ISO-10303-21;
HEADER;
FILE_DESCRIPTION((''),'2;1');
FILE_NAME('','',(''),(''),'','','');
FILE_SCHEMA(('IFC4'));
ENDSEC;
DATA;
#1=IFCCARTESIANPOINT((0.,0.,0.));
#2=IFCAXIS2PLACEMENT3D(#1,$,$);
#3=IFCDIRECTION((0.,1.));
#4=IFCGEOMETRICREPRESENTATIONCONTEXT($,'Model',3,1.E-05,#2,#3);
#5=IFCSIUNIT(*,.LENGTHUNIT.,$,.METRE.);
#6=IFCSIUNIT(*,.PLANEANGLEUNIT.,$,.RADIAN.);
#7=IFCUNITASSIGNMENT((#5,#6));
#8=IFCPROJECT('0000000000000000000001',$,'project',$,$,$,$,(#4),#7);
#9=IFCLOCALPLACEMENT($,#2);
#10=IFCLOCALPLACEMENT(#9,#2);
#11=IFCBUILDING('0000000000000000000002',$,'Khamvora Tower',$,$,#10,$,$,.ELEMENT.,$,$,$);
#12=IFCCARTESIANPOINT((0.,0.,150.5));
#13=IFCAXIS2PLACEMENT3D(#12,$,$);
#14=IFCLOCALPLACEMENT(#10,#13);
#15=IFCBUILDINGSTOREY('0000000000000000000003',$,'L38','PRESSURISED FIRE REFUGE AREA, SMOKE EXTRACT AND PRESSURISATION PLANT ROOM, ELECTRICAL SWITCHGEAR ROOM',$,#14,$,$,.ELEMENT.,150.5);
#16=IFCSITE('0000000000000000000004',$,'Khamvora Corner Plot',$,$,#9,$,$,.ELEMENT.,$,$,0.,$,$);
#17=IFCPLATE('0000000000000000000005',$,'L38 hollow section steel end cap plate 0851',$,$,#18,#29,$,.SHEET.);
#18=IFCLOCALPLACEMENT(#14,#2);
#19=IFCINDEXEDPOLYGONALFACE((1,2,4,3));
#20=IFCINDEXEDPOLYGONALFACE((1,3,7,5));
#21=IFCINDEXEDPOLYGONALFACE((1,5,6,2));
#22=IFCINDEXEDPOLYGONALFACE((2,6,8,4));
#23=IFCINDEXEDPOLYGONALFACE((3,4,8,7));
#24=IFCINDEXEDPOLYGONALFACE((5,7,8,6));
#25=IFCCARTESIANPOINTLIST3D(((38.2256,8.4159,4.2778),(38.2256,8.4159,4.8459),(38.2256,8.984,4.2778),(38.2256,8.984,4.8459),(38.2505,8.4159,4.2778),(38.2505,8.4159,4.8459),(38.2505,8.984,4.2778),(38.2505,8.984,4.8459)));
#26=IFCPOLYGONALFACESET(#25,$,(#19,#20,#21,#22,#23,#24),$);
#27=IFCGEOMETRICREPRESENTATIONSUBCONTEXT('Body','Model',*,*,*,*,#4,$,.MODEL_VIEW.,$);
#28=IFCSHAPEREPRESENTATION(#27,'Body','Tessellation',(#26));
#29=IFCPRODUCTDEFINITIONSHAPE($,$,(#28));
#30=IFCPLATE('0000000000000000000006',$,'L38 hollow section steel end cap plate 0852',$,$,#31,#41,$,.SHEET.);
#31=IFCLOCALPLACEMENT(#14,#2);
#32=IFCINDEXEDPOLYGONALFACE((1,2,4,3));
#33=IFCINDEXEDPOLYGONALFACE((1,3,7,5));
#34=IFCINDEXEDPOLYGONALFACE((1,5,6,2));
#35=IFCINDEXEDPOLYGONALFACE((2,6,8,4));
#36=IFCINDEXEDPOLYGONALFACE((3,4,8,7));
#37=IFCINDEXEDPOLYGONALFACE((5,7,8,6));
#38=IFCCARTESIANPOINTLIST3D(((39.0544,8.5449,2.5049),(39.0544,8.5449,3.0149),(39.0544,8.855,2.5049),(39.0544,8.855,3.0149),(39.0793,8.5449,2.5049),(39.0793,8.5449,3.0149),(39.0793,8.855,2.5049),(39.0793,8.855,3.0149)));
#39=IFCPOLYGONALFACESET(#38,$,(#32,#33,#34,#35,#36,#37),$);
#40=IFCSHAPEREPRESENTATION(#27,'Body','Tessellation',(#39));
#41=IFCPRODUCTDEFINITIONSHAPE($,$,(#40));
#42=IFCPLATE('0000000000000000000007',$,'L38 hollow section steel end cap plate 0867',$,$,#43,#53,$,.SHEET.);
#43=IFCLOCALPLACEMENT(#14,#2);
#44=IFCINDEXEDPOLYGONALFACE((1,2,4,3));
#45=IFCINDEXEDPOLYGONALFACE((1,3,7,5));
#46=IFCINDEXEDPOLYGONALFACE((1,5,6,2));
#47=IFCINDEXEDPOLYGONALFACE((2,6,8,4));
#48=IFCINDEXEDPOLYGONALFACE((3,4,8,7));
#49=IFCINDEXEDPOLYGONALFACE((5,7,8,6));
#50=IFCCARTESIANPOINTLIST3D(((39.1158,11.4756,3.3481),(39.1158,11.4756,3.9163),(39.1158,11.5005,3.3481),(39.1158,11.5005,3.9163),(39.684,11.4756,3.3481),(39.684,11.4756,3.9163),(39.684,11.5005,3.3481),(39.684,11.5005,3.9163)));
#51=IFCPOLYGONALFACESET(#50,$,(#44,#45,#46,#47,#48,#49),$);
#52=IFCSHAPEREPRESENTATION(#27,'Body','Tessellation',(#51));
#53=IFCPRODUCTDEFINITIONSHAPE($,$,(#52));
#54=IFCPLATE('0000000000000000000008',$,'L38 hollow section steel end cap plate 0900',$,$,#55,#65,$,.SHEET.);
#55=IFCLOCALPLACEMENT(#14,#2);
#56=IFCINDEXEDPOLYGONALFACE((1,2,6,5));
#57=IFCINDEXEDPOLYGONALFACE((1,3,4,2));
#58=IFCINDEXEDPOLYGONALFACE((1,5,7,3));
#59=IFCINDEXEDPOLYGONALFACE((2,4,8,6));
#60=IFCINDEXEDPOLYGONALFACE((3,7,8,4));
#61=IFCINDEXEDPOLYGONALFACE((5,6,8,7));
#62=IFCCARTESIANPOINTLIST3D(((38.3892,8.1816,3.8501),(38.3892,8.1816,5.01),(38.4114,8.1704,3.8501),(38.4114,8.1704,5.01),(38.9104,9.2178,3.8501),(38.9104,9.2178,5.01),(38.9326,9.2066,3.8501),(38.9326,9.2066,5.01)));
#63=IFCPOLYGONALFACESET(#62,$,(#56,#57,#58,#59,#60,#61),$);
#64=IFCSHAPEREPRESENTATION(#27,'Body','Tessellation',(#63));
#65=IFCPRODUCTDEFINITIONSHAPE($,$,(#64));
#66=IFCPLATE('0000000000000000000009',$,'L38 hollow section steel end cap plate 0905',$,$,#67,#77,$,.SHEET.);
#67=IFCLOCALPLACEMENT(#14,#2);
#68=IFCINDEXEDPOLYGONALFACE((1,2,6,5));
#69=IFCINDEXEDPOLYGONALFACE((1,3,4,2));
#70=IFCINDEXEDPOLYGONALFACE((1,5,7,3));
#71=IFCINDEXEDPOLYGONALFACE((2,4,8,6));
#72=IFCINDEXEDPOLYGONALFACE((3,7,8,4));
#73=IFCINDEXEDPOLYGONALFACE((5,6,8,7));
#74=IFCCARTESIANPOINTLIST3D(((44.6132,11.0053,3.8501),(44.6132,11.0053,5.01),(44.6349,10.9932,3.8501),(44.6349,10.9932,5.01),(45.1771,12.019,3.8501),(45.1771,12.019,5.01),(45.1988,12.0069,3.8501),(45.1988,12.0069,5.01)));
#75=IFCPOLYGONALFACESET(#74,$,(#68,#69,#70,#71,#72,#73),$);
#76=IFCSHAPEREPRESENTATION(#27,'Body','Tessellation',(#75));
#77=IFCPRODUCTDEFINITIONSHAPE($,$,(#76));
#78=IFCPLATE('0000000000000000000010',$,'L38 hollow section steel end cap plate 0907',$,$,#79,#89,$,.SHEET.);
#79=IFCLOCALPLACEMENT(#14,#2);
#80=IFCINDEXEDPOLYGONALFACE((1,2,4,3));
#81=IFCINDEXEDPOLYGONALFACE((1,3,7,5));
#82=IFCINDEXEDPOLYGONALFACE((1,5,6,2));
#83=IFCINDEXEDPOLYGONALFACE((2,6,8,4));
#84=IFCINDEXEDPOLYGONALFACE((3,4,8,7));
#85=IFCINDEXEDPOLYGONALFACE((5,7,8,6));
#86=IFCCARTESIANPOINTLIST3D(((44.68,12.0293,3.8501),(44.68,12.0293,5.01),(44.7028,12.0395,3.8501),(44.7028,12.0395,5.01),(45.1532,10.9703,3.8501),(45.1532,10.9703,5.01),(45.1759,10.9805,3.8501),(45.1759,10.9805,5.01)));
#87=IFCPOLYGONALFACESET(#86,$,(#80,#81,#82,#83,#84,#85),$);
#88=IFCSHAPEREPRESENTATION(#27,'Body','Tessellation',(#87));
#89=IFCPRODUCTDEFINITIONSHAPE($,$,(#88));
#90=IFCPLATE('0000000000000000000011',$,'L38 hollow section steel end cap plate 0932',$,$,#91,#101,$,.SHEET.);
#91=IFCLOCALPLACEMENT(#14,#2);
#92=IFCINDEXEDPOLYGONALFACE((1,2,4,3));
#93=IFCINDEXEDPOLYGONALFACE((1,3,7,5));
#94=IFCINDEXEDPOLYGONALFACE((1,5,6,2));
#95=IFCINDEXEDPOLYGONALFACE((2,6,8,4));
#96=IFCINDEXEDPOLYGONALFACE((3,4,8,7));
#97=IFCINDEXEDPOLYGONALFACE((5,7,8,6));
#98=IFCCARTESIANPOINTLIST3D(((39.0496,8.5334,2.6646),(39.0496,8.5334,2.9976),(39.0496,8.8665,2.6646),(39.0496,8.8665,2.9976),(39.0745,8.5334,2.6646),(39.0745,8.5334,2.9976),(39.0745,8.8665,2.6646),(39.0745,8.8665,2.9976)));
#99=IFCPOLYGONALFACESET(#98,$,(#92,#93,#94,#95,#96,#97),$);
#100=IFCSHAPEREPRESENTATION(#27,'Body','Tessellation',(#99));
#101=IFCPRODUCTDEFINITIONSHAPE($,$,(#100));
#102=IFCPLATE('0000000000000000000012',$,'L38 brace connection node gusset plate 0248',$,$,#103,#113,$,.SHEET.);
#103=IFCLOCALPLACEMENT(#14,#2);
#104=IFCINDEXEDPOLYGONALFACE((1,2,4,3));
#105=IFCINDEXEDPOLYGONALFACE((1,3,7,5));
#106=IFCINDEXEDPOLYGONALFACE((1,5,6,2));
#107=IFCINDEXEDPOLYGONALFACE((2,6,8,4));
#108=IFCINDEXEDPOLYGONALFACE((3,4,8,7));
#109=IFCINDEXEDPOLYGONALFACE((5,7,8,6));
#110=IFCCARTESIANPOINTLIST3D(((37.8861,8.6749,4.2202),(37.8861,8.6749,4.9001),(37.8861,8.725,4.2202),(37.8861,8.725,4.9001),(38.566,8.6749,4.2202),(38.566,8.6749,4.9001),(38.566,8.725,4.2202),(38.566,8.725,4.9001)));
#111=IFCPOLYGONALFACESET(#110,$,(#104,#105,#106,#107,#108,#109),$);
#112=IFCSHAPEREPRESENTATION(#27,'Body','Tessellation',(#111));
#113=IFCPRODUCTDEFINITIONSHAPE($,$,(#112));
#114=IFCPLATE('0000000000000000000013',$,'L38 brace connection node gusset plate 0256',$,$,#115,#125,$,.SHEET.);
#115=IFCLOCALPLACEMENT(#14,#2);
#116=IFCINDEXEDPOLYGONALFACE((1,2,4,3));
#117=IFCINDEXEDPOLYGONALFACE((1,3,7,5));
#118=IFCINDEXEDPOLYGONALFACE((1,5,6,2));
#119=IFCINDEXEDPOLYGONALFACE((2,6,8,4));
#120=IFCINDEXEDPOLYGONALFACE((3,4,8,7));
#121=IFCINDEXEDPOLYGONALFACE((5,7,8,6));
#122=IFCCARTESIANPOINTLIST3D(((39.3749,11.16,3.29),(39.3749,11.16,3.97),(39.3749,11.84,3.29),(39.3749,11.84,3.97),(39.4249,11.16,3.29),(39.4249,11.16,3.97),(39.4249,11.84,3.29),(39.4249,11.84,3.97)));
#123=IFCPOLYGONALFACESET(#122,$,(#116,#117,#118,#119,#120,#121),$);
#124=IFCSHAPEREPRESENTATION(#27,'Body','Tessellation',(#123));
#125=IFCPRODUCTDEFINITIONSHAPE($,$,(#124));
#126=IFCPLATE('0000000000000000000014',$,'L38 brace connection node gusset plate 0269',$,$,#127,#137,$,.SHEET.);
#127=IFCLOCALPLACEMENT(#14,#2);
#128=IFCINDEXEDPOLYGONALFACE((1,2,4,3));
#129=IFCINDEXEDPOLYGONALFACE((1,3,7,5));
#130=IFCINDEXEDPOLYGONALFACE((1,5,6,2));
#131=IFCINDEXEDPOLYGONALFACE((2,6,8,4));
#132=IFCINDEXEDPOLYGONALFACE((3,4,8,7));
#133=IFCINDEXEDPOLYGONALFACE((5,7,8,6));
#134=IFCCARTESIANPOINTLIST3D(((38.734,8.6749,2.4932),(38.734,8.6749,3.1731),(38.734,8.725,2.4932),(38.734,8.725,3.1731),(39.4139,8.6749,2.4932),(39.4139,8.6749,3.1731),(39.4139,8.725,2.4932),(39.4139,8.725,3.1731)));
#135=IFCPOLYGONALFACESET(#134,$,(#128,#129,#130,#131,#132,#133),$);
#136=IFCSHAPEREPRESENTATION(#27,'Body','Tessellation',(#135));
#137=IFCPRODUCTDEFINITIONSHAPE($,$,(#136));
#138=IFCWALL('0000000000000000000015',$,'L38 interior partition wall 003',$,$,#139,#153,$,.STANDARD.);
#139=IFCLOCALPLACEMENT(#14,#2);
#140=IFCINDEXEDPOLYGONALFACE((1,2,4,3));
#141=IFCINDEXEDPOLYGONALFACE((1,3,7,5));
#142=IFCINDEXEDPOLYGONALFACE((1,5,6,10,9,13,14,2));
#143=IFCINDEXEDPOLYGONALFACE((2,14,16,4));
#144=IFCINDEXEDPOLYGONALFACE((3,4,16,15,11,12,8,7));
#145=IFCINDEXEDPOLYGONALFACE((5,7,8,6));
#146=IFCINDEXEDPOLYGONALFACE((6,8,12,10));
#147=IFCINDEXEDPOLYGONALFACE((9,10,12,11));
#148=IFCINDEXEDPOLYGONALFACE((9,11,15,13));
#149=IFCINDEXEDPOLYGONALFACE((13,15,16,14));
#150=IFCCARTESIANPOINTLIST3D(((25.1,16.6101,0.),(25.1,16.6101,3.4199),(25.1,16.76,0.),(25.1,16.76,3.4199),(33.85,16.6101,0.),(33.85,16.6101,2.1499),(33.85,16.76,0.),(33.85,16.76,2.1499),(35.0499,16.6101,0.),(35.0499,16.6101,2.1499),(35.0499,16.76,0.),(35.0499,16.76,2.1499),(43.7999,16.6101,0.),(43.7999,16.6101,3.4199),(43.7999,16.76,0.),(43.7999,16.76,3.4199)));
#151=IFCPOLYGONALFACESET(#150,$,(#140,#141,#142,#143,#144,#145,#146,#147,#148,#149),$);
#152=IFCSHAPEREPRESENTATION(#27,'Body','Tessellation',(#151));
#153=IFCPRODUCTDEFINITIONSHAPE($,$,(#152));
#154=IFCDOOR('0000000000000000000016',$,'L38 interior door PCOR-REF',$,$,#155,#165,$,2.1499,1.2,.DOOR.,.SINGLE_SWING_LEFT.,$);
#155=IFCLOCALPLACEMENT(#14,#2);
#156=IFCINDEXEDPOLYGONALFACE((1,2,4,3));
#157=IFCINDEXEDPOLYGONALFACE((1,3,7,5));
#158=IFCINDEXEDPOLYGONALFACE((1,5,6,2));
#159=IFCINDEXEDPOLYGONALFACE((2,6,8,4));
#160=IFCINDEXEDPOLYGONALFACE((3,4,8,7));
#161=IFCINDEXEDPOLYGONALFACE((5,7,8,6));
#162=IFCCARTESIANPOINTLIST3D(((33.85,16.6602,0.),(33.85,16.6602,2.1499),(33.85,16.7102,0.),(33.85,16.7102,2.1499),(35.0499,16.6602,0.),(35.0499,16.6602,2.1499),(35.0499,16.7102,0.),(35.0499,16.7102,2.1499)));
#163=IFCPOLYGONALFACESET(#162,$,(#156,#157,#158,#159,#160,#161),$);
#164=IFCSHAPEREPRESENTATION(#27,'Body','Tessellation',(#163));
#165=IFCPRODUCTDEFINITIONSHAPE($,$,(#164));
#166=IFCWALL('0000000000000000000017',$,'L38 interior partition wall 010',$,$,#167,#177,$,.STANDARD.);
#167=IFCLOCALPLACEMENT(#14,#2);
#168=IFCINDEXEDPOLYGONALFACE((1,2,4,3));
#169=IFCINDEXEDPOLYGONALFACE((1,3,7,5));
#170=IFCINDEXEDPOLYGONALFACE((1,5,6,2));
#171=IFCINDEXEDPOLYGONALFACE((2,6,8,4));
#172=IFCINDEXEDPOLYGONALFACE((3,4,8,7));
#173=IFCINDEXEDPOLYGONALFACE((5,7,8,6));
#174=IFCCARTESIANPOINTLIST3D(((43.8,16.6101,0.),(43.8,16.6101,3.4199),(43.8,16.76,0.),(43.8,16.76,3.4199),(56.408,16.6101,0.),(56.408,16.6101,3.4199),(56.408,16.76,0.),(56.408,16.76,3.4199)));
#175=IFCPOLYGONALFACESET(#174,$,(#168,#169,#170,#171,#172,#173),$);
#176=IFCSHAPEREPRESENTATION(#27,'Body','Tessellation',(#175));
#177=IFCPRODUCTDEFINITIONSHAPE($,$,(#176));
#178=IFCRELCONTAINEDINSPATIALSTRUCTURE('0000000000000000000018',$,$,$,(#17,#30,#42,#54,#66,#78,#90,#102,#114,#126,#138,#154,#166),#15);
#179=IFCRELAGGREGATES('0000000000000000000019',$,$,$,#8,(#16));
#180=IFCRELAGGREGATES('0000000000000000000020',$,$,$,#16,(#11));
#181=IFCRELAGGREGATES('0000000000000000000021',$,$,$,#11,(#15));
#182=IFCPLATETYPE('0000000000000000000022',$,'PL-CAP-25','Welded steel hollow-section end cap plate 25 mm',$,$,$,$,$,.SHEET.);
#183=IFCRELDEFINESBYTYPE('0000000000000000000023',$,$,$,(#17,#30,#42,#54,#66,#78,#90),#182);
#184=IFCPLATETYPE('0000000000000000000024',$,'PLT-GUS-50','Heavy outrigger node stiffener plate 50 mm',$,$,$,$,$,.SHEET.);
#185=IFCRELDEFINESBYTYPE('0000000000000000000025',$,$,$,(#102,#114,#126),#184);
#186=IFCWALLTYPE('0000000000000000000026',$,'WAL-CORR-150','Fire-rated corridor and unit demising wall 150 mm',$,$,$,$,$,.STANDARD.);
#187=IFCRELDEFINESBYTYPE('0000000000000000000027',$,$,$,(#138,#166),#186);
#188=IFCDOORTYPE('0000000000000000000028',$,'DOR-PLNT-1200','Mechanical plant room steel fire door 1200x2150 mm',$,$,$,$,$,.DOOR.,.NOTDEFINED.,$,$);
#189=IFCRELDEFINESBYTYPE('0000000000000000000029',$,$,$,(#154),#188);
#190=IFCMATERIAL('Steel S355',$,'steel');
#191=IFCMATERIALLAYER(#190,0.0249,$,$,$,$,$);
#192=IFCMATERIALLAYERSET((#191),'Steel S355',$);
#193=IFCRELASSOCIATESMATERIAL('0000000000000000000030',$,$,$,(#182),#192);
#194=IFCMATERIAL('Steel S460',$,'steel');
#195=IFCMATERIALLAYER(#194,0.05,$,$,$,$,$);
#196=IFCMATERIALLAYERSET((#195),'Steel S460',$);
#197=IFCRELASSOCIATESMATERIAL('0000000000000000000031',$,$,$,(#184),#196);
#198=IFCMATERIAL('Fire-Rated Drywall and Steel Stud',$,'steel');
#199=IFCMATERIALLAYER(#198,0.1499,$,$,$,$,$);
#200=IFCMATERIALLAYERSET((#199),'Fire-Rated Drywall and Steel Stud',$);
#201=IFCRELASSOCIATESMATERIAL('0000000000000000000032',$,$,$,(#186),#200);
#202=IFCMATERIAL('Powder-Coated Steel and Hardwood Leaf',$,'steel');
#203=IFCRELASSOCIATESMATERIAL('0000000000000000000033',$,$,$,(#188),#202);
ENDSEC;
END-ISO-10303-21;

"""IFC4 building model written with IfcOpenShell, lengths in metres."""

from ifc_helpers import new_model, si_unit, direction, frame, frame_2d, origin, origin_2d, place, context, subcontext, project, spatial, rectangle, extrude, material, layer, layer_set, type_object, element, fill, save


model = new_model("IFC4")

# Units and contexts
model_context = context("Model", 3, precision=1e-05, world=origin(), true_north=direction((0.0, 1.0)))
body_context = subcontext(model_context, "Body", "Model", "MODEL_VIEW")
ifc_project = project(units=[si_unit("LENGTHUNIT", "METRE"), si_unit("PLANEANGLEUNIT", "RADIAN")], contexts=[model_context])

# Site, building, storey
site_placement = place(None, origin())
site = spatial("IfcSite", under=ifc_project, at=site_placement, Name="Khamvora Corner Plot", CompositionType="ELEMENT", RefElevation=0.0)
building_placement = place(site_placement, origin())
building = spatial("IfcBuilding", under=site, at=building_placement, Name="Khamvora Tower", CompositionType="ELEMENT")
storey_placement = place(building_placement, frame((0.0, 0.0, 150.5)))
storey = spatial("IfcBuildingStorey", under=building, at=storey_placement, Name="L38", Description="PRESSURISED FIRE REFUGE AREA, SMOKE EXTRACT AND PRESSURISATION PLANT ROOM, ELECTRICAL SWITCHGEAR ROOM", CompositionType="ELEMENT", Elevation=150.5)

# Shared definitions
ifc_material_1 = material(Name="Steel S355", Category="steel")

# Shared definitions
ifc_material_2 = material(Name="Steel S460", Category="steel")

# Plates
ifc_layer_1 = layer(ifc_material_1, 0.0249)
ifc_layer_set_1 = layer_set([ifc_layer_1], Name="Steel S355")
plate_type_1 = type_object("IfcPlateType", Name="PL-CAP-25", Description="Welded steel hollow-section end cap plate 25 mm", PredefinedType="SHEET", material=ifc_layer_set_1)
plate_1_placement = place(storey_placement, frame((38.238, 8.7, 4.2778), z_axis=(0.0, 0.0, 1.0), x_axis=(1.0, 0.0, 0.0)))
element("IfcPlate", 1, at=plate_1_placement, inside=storey, type_object=plate_type_1, Name="L38 hollow section steel end cap plate 0851", PredefinedType="SHEET", context=body_context, shape_type="SweptSolid", body=[
    extrude(rectangle(XDim=0.0249, YDim=0.5681, at=origin_2d()), origin(), (0.0, 0.0, 1.0), 0.5681),
])
plate_2_placement = place(storey_placement, frame((39.0669, 8.7, 2.5049), z_axis=(0.0, 0.0, 1.0), x_axis=(1.0, 0.0, 0.0)))
element("IfcPlate", 2, at=plate_2_placement, inside=storey, type_object=plate_type_1, Name="L38 hollow section steel end cap plate 0852", PredefinedType="SHEET", context=body_context, shape_type="SweptSolid", body=[
    extrude(rectangle(XDim=0.0249, YDim=0.3101, at=origin_2d()), origin(), (0.0, 0.0, 1.0), 0.51),
])
plate_3_placement = place(storey_placement, frame((39.3999, 11.488, 3.3481), z_axis=(0.0, 0.0, 1.0), x_axis=(0.0, -1.0, 0.0)))
element("IfcPlate", 3, at=plate_3_placement, inside=storey, type_object=plate_type_1, Name="L38 hollow section steel end cap plate 0867", PredefinedType="SHEET", context=body_context, shape_type="SweptSolid", body=[
    extrude(rectangle(XDim=0.0249, YDim=0.5681, at=origin_2d()), origin(), (0.0, 0.0, 1.0), 0.5681),
])
for number, where, z_axis, x_axis, name in (
    (4, (38.6609, 8.6941, 3.8501), (0.0, 0.0, 1.0), (-0.893364, 0.449335, 0.0), "L38 hollow section steel end cap plate 0900"),
    (5, (44.906, 11.5061, 3.8501), (0.0, 0.0, 1.0), (-0.873874, 0.486152, 0.0), "L38 hollow section steel end cap plate 0905"),
    (6, (44.928, 11.5049, 3.8501), (0.0, 0.0, 1.0), (0.913019, 0.407916, 0.0), "L38 hollow section steel end cap plate 0907"),
):
    element("IfcPlate", number, at=place(storey_placement, frame(where, z_axis=z_axis, x_axis=x_axis)), inside=storey, type_object=plate_type_1, Name=name, PredefinedType="SHEET", context=body_context, shape_type="SweptSolid", body=[
        extrude(rectangle(XDim=0.0249, YDim=1.1599, at=origin_2d()), origin(), (0.0, 0.0, 1.0), 1.1599),
    ])
plate_4_placement = place(storey_placement, frame((39.062, 8.7, 2.6646), z_axis=(0.0, 0.0, 1.0), x_axis=(1.0, 0.0, 0.0)))
element("IfcPlate", 7, at=plate_4_placement, inside=storey, type_object=plate_type_1, Name="L38 hollow section steel end cap plate 0932", PredefinedType="SHEET", context=body_context, shape_type="SweptSolid", body=[
    extrude(rectangle(XDim=0.0249, YDim=0.333, at=origin_2d()), origin(), (0.0, 0.0, 1.0), 0.333),
])
ifc_layer_2 = layer(ifc_material_2, 0.05)
ifc_layer_set_2 = layer_set([ifc_layer_2], Name="Steel S460")
plate_type_2 = type_object("IfcPlateType", Name="PLT-GUS-50", Description="Heavy outrigger node stiffener plate 50 mm", PredefinedType="SHEET", material=ifc_layer_set_2)
for number, where, z_axis, x_axis, name in (
    (8, (38.2261, 8.7, 4.2202), (0.0, 0.0, 1.0), (1.0, 0.0, 0.0), "L38 brace connection node gusset plate 0248"),
    (9, (39.3999, 11.5, 3.29), (0.0, 0.0, 1.0), (0.0, -1.0, 0.0), "L38 brace connection node gusset plate 0256"),
    (10, (39.074, 8.7, 2.4932), (0.0, 0.0, 1.0), (1.0, 0.0, 0.0), "L38 brace connection node gusset plate 0269"),
):
    element("IfcPlate", number, at=place(storey_placement, frame(where, z_axis=z_axis, x_axis=x_axis)), inside=storey, type_object=plate_type_2, Name=name, PredefinedType="SHEET", context=body_context, shape_type="SweptSolid", body=[
        extrude(rectangle(XDim=0.6799, YDim=0.05, at=origin_2d()), origin(), (0.0, 0.0, 1.0), 0.6799),
    ])

# Wall, opening, door
ifc_material_3 = material(Name="Fire-Rated Drywall and Steel Stud", Category="steel")
ifc_layer_3 = layer(ifc_material_3, 0.1499)
ifc_layer_set_3 = layer_set([ifc_layer_3], Name="Fire-Rated Drywall and Steel Stud")
wall_type = type_object("IfcWallType", Name="WAL-CORR-150", Description="Fire-rated corridor and unit demising wall 150 mm", PredefinedType="STANDARD", material=ifc_layer_set_3)
wall_1_placement = place(storey_placement, frame((43.8, 16.6851, 0.0), z_axis=(0.0, 0.0, 1.0), x_axis=(-1.0, 0.0, 0.0)))
wall_1 = element("IfcWall", 11, at=wall_1_placement, inside=storey, type_object=wall_type, Name="L38 interior partition wall 003", PredefinedType="STANDARD", context=body_context, shape_type="SweptSolid", body=[
    extrude(rectangle(XDim=18.7, YDim=0.1499, at=frame_2d((9.3501, 0.0))), origin(), (0.0, 0.0, 1.0), 3.4199),
])
opening_placement = place(wall_1_placement, frame((8.75, 0.0, 0.0)))
opening = element("IfcOpeningElement", 12, at=opening_placement, cuts=wall_1, PredefinedType="OPENING", context=body_context, shape_type="SweptSolid", body=[
    extrude(rectangle(XDim=1.2, YDim=2.1499, at=frame_2d((0.6001, 1.075))), frame((0.0, 0.085, 0.0), z_axis=(0.0, -1.0, 0.0), x_axis=(1.0, 0.0, 0.0)), (0.0, 0.0, 1.0), 0.1699),
])
ifc_material_4 = material(Name="Powder-Coated Steel and Hardwood Leaf", Category="steel")
door_type = type_object("IfcDoorType", Name="DOR-PLNT-1200", Description="Mechanical plant room steel fire door 1200x2150 mm", OperationType="NOTDEFINED", PredefinedType="DOOR", material=ifc_material_4)
door_placement = place(opening_placement, origin())
door = element("IfcDoor", 13, at=door_placement, inside=storey, type_object=door_type, Name="L38 interior door PCOR-REF", OperationType="SINGLE_SWING_LEFT", OverallHeight=2.1499, OverallWidth=1.2, PredefinedType="DOOR", context=body_context, shape_type="SweptSolid", body=[
    extrude(rectangle(XDim=1.2, YDim=2.1499, at=frame_2d((0.6001, 1.075))), frame((0.0, 0.0249, 0.0), z_axis=(0.0, -1.0, 0.0), x_axis=(1.0, 0.0, 0.0)), (0.0, 0.0, 1.0), 0.05),
])
fill(opening, door)

# Wall
wall_2_placement = place(storey_placement, frame((43.8, 16.6851, 0.0), z_axis=(0.0, 0.0, 1.0), x_axis=(1.0, 0.0, 0.0)))
element("IfcWall", 14, at=wall_2_placement, inside=storey, type_object=wall_type, Name="L38 interior partition wall 010", PredefinedType="STANDARD", context=body_context, shape_type="SweptSolid", body=[
    extrude(rectangle(XDim=12.6079, YDim=0.1499, at=frame_2d((6.304, 0.0))), origin(), (0.0, 0.0, 1.0), 3.4199),
])

save(model, "model.ifc")
